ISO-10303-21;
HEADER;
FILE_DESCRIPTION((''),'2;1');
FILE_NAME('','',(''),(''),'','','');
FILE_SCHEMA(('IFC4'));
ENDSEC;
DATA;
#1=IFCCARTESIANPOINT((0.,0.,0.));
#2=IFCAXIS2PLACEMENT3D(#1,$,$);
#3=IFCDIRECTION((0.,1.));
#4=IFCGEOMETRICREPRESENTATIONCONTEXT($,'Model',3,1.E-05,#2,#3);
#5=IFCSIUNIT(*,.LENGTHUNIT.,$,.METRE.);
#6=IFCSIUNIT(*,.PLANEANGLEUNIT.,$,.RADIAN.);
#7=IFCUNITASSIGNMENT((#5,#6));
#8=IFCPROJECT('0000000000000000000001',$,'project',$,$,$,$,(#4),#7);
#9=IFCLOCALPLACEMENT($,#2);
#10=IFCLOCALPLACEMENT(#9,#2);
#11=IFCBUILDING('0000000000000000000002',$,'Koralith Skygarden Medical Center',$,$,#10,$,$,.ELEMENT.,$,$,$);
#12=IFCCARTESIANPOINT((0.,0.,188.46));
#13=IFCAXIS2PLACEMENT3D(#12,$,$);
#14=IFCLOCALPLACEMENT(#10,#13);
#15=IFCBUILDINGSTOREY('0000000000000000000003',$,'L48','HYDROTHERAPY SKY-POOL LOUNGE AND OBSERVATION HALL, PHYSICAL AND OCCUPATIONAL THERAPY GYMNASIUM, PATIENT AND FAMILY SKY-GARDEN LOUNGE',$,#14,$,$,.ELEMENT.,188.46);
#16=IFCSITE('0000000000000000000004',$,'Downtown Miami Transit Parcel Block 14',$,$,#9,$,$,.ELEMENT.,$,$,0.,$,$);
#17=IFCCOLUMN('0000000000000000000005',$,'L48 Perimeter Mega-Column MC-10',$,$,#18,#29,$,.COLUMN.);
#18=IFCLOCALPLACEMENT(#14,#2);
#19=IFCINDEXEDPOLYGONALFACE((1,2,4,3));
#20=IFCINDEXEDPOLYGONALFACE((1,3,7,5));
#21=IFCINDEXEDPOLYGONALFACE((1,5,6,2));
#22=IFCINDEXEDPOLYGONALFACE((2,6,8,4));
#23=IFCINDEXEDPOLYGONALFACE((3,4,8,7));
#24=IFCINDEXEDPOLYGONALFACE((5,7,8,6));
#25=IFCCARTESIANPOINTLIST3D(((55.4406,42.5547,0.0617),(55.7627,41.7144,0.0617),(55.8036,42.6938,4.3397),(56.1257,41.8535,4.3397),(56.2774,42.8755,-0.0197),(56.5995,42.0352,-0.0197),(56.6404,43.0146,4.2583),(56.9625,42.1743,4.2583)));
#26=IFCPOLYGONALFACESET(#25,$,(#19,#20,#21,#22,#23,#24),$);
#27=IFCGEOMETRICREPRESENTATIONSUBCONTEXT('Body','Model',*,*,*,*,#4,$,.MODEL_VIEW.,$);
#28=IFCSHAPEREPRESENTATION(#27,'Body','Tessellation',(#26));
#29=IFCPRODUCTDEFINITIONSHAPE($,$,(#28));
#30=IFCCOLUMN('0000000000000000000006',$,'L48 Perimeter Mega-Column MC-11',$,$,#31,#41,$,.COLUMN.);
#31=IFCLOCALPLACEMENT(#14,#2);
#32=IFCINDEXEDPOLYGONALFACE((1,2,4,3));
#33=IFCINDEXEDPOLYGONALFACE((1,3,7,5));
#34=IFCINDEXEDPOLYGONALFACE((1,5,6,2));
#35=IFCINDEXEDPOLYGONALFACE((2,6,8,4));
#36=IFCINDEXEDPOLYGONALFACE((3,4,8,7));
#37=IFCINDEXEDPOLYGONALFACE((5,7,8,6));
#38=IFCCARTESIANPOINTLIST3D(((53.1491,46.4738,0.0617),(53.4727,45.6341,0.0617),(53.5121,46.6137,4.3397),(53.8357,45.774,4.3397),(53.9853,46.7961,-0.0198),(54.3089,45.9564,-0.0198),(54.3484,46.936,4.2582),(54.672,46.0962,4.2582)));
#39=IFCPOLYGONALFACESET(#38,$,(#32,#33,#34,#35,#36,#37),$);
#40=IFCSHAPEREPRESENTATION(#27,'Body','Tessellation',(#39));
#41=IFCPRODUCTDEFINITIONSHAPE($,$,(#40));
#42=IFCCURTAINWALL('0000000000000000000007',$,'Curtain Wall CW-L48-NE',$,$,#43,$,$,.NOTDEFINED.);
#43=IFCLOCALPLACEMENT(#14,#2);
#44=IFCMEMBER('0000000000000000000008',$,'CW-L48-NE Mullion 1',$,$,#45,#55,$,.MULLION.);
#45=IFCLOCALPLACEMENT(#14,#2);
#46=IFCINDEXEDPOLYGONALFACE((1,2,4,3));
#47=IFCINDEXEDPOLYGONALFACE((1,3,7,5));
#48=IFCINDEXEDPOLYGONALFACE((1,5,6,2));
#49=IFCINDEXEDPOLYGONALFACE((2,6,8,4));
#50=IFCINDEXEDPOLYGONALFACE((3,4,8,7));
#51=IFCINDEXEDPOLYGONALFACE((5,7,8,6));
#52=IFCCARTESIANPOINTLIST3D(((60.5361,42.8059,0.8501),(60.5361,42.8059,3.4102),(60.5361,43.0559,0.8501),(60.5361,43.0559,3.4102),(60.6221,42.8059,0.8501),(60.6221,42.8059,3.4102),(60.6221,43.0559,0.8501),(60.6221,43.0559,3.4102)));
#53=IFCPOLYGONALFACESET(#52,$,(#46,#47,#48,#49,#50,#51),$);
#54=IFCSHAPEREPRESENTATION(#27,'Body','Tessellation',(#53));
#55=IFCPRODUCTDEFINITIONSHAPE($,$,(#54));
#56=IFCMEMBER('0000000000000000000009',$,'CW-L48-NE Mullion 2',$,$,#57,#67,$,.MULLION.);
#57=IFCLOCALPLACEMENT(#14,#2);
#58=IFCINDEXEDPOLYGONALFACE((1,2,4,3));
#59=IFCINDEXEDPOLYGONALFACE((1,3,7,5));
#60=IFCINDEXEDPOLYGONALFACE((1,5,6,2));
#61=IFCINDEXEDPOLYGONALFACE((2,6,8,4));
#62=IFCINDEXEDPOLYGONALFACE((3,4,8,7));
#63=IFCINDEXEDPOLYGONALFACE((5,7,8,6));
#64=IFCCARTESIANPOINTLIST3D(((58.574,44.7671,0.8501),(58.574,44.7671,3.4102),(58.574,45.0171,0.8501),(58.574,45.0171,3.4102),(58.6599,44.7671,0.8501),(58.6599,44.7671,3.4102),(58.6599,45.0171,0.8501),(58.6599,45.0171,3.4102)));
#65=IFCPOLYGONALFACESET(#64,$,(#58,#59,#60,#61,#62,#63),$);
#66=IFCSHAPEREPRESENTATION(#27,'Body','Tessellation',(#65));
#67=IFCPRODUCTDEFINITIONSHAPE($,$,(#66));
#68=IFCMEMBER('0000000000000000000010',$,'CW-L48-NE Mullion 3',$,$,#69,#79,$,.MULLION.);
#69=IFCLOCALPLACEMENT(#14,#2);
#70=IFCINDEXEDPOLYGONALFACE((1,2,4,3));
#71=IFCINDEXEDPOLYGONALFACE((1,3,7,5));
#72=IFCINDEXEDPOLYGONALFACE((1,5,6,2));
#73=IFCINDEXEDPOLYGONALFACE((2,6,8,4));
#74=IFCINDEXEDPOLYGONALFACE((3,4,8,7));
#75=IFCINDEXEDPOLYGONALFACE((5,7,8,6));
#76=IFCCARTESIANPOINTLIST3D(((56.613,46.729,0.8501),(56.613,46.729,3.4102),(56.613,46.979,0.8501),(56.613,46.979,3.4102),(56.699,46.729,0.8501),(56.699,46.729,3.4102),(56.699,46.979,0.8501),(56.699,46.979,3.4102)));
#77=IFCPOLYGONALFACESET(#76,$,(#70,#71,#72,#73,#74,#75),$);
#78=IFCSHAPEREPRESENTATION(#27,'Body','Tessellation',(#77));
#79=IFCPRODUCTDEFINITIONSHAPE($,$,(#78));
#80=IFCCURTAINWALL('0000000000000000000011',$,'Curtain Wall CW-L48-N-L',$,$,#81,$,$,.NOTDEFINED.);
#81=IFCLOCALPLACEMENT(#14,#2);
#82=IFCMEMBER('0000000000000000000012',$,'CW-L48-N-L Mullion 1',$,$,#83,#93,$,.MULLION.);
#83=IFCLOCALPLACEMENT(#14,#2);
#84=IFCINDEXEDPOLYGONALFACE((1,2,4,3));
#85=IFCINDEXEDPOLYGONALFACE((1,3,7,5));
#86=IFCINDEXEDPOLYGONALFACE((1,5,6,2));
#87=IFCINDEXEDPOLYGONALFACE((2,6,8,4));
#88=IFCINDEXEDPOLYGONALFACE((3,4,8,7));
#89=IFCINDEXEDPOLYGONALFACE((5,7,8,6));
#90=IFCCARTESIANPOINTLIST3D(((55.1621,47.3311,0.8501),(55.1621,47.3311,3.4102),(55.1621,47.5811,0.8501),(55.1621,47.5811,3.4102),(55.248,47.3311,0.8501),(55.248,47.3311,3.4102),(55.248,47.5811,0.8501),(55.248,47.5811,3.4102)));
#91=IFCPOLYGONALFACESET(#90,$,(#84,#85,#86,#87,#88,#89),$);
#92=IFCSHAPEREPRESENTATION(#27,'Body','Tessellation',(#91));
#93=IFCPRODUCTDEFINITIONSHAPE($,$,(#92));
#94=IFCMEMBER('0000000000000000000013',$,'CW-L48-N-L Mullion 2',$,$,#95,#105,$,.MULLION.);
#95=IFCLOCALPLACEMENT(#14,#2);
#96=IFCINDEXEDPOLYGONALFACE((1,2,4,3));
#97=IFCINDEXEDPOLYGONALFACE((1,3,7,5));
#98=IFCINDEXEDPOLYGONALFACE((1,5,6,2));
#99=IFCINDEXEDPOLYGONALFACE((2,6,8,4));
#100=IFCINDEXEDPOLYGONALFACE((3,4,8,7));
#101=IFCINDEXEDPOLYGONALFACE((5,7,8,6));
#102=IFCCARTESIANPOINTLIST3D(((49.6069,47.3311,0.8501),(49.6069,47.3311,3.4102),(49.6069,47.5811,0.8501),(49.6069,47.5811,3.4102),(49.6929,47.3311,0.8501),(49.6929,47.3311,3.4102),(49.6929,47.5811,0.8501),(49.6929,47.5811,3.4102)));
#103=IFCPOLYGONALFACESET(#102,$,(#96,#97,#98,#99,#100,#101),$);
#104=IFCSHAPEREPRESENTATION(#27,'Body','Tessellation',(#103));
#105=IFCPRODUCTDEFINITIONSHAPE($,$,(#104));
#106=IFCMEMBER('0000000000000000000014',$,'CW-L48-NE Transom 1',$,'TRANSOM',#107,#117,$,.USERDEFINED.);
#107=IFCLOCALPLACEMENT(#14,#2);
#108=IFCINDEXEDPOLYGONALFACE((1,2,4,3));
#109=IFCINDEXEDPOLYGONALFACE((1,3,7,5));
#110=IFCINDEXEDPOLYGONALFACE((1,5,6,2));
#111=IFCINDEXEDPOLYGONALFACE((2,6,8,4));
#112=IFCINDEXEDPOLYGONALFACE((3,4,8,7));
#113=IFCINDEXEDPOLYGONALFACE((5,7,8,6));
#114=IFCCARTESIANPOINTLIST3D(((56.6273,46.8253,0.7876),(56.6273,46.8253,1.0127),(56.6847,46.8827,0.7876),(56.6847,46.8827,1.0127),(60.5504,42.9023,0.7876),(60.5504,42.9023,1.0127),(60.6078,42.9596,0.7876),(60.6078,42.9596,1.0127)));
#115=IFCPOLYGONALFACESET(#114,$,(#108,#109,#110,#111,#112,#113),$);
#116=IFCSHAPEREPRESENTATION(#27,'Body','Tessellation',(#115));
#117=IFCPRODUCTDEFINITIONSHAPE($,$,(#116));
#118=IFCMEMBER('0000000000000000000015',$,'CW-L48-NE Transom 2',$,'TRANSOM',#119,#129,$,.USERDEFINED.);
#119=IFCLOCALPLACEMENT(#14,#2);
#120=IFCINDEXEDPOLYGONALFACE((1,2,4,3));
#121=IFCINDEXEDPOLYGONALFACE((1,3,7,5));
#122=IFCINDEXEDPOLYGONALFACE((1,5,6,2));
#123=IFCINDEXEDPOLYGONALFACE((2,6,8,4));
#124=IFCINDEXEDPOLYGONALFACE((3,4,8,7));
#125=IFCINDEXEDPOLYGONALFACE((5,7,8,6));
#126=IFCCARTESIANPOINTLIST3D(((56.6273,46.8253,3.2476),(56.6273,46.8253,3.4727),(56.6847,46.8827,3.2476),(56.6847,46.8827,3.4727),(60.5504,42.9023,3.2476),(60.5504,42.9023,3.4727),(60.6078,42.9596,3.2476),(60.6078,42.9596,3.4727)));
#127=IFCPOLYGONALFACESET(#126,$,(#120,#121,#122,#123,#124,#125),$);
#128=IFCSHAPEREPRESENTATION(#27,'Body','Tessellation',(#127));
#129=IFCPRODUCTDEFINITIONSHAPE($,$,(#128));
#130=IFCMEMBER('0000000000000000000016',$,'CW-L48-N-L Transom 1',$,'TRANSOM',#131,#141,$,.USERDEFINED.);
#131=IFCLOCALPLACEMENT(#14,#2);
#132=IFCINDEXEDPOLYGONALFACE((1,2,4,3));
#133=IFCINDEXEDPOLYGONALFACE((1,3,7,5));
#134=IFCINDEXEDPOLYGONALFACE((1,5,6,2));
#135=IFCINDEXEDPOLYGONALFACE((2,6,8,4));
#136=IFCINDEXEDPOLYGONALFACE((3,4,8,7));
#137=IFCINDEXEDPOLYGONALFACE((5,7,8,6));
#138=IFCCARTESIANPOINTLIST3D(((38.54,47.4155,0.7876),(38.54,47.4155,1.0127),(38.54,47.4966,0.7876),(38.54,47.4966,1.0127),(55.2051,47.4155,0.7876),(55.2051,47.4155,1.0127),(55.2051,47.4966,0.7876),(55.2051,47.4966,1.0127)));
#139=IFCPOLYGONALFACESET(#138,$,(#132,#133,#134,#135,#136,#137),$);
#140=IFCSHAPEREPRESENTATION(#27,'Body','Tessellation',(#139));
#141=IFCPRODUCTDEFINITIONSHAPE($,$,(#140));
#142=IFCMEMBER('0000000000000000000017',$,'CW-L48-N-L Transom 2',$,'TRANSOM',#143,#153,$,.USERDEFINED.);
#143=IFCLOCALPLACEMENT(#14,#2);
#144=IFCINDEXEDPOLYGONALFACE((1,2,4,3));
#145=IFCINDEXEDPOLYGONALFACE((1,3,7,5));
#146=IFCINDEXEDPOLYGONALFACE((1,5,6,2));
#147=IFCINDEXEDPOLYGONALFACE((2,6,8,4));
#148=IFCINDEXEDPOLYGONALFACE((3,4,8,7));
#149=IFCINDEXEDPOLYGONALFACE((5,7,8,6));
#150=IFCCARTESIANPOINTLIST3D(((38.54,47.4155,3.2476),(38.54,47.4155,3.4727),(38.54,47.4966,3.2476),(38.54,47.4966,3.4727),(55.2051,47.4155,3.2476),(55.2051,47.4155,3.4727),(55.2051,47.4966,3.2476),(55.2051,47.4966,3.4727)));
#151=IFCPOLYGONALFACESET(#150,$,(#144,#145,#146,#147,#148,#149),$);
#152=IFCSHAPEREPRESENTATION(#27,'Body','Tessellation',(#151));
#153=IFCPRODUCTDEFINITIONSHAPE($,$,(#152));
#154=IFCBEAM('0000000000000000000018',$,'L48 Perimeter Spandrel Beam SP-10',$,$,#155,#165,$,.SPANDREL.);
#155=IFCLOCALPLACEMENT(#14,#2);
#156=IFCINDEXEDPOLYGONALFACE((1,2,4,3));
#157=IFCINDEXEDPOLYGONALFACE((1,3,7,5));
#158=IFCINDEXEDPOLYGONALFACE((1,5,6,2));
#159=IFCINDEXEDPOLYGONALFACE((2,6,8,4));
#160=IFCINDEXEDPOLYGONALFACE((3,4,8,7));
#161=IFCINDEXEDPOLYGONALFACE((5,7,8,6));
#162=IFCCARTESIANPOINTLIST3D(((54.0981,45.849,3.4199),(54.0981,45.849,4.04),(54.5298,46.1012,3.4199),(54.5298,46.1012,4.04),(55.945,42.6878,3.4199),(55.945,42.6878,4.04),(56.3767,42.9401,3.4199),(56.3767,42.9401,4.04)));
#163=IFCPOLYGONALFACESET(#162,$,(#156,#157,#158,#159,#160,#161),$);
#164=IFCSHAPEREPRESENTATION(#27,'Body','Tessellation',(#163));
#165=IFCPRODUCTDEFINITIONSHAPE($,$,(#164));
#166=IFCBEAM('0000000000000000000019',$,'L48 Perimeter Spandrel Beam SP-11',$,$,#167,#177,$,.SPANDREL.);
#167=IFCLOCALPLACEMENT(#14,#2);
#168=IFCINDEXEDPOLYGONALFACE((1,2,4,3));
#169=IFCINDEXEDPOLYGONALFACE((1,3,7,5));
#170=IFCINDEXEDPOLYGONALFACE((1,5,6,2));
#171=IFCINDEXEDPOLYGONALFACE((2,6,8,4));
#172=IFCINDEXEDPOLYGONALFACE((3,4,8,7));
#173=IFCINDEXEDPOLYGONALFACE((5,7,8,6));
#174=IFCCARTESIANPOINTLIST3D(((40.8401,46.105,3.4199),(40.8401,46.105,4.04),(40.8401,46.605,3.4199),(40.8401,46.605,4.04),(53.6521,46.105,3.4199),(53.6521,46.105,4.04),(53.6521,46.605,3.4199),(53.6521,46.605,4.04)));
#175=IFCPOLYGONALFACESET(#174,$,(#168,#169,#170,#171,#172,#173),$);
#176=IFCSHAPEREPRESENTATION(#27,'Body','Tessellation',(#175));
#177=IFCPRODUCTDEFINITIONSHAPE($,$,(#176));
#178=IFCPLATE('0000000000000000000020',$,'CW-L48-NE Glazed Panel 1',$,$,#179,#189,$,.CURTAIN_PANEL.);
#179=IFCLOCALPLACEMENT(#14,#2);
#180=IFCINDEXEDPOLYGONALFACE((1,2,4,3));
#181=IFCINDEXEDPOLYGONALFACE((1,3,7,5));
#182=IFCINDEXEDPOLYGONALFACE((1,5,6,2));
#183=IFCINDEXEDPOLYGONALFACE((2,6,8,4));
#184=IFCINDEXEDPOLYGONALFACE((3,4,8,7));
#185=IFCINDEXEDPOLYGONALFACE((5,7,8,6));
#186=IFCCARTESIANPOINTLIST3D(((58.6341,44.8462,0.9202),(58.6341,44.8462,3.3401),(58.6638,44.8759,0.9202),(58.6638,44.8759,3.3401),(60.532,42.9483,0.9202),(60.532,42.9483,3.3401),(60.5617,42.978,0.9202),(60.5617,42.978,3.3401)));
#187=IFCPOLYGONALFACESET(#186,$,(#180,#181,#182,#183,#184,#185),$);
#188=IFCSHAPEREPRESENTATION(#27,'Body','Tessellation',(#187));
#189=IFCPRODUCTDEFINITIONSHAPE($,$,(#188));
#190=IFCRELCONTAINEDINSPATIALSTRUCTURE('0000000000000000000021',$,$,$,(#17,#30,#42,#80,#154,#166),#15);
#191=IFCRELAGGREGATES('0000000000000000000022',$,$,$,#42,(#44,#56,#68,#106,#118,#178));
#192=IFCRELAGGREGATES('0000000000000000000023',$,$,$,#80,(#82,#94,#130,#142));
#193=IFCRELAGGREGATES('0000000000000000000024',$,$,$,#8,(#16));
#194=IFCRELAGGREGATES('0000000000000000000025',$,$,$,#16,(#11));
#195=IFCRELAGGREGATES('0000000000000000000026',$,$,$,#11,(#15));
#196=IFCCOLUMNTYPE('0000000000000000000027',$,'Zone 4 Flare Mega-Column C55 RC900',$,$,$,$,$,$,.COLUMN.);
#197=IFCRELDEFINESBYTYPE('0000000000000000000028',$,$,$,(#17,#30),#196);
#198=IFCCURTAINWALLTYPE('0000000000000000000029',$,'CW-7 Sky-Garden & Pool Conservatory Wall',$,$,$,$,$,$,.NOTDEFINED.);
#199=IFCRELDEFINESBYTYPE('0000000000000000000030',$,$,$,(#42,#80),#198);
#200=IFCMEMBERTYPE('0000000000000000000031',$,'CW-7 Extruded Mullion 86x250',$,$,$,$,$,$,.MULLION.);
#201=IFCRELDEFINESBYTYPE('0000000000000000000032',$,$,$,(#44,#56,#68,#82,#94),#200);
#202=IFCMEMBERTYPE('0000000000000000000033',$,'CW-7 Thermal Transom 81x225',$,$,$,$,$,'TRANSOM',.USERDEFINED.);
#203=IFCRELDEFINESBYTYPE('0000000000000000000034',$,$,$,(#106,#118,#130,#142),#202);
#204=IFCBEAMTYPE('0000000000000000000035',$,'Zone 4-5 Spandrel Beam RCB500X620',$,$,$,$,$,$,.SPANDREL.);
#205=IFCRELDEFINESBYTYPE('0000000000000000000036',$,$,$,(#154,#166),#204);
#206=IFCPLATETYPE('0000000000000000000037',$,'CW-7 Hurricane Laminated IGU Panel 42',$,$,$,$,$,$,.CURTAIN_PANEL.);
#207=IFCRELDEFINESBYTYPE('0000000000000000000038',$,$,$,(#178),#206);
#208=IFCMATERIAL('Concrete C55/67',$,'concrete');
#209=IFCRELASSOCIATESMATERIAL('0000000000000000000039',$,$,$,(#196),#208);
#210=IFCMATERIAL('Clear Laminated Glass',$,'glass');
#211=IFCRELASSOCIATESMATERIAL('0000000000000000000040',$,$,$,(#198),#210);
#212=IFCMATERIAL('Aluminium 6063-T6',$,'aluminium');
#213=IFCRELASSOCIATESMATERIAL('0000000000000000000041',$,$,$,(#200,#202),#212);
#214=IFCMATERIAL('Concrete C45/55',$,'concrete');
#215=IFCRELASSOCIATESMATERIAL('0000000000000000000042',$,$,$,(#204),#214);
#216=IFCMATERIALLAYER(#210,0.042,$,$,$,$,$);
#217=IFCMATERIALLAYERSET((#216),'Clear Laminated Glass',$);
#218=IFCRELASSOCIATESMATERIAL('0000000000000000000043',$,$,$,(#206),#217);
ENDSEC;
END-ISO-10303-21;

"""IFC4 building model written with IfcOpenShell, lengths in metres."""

from ifc_helpers import new_model, si_unit, direction, frame, origin, origin_2d, place, context, subcontext, project, spatial, rectangle, extrude, material, layer, layer_set, material_profile, profile_set, type_object, element, aggregate, save


model = new_model("IFC4")

# Units and contexts
model_context = context("Model", 3, precision=1e-05, world=origin(), true_north=direction((0.0, 1.0)))
body_context = subcontext(model_context, "Body", "Model", "MODEL_VIEW")
ifc_project = project(units=[si_unit("LENGTHUNIT", "METRE"), si_unit("PLANEANGLEUNIT", "RADIAN")], contexts=[model_context])

# Site, building, storey
site_placement = place(None, origin())
site = spatial("IfcSite", under=ifc_project, at=site_placement, Name="Downtown Miami Transit Parcel Block 14", CompositionType="ELEMENT", RefElevation=0.0)
building_placement = place(site_placement, origin())
building = spatial("IfcBuilding", under=site, at=building_placement, Name="Koralith Skygarden Medical Center", CompositionType="ELEMENT")
storey_placement = place(building_placement, frame((0.0, 0.0, 188.46)))
storey = spatial("IfcBuildingStorey", under=building, at=storey_placement, Name="L48", Description="HYDROTHERAPY SKY-POOL LOUNGE AND OBSERVATION HALL, PHYSICAL AND OCCUPATIONAL THERAPY GYMNASIUM, PATIENT AND FAMILY SKY-GARDEN LOUNGE", CompositionType="ELEMENT", Elevation=188.46)

# Columns
ifc_material_1 = material(Name="Concrete C55/67", Category="concrete")
ifc_material_profile_1 = material_profile(ifc_material_1, rectangle(XDim=0.8999, YDim=0.8999, at=origin_2d()), Name="RC900X900")
ifc_profile_set_1 = profile_set([ifc_material_profile_1], Name="Concrete C55/67")
column_type = type_object("IfcColumnType", Name="Zone 4 Flare Mega-Column C55 RC900", PredefinedType="COLUMN", material=ifc_profile_set_1)
for number, where, z_axis, x_axis, name in (
    (1, (56.02, 42.2949, 0.021), (0.084512, 0.032395, 0.995896), (-0.357927, 0.93375, 0.0), "L48 Perimeter Mega-Column MC-10"),
    (2, (53.729, 46.2151, 0.021), (0.084511, 0.032565, 0.99589), (-0.359568, 0.933119, 0.0), "L48 Perimeter Mega-Column MC-11"),
):
    element("IfcColumn", number, at=place(storey_placement, frame(where, z_axis=z_axis, x_axis=x_axis)), inside=storey, type_object=column_type, Name=name, PredefinedType="COLUMN", context=body_context, shape_type="SweptSolid", body=[
        extrude(rectangle(XDim=0.8999, YDim=0.8999, at=origin_2d()), origin(), (0.0, 0.0, 1.0), 4.2957),
    ])

# Curtain walls, members
ifc_material_2 = material(Name="Clear Laminated Glass", Category="glass")
curtain_wall_type = type_object("IfcCurtainWallType", Name="CW-7 Sky-Garden & Pool Conservatory Wall", PredefinedType="NOTDEFINED", material=ifc_material_2)
curtain_wall_1_placement = place(storey_placement, origin())
curtain_wall_1 = element("IfcCurtainWall", 3, at=curtain_wall_1_placement, inside=storey, type_object=curtain_wall_type, Name="Curtain Wall CW-L48-NE", PredefinedType="NOTDEFINED")
ifc_material_3 = material(Name="Aluminium 6063-T6", Category="aluminium")
ifc_material_profile_2 = material_profile(ifc_material_3, rectangle(XDim=0.0859, YDim=0.25, at=origin_2d()), Name="MUL86X250")
ifc_profile_set_2 = profile_set([ifc_material_profile_2], Name="Aluminium 6063-T6")
member_type_1 = type_object("IfcMemberType", Name="CW-7 Extruded Mullion 86x250", PredefinedType="MULLION", material=ifc_profile_set_2)
member_1_placement = place(storey_placement, frame((60.5791, 42.9309, 0.8501), z_axis=(0.0, 0.0, 1.0), x_axis=(1.0, 0.0, 0.0)))
member_1 = element("IfcMember", 4, at=member_1_placement, type_object=member_type_1, Name="CW-L48-NE Mullion 1", PredefinedType="MULLION", context=body_context, shape_type="SweptSolid", body=[
    extrude(rectangle(XDim=0.0859, YDim=0.25, at=origin_2d()), origin(), (0.0, 0.0, 1.0), 2.5601),
])
member_2_placement = place(storey_placement, frame((58.6169, 44.8921, 0.8501), z_axis=(0.0, 0.0, 1.0), x_axis=(1.0, 0.0, 0.0)))
member_2 = element("IfcMember", 5, at=member_2_placement, type_object=member_type_1, Name="CW-L48-NE Mullion 2", PredefinedType="MULLION", context=body_context, shape_type="SweptSolid", body=[
    extrude(rectangle(XDim=0.0859, YDim=0.25, at=origin_2d()), origin(), (0.0, 0.0, 1.0), 2.5601),
])
member_3_placement = place(storey_placement, frame((56.656, 46.854, 0.8501), z_axis=(0.0, 0.0, 1.0), x_axis=(1.0, 0.0, 0.0)))
member_3 = element("IfcMember", 6, at=member_3_placement, type_object=member_type_1, Name="CW-L48-NE Mullion 3", PredefinedType="MULLION", context=body_context, shape_type="SweptSolid", body=[
    extrude(rectangle(XDim=0.0859, YDim=0.25, at=origin_2d()), origin(), (0.0, 0.0, 1.0), 2.5601),
])
curtain_wall_2_placement = place(storey_placement, origin())
curtain_wall_2 = element("IfcCurtainWall", 7, at=curtain_wall_2_placement, inside=storey, type_object=curtain_wall_type, Name="Curtain Wall CW-L48-N-L", PredefinedType="NOTDEFINED")
member_4_placement = place(storey_placement, frame((55.2051, 47.4561, 0.8501), z_axis=(0.0, 0.0, 1.0), x_axis=(1.0, 0.0, 0.0)))
member_4 = element("IfcMember", 8, at=member_4_placement, type_object=member_type_1, Name="CW-L48-N-L Mullion 1", PredefinedType="MULLION", context=body_context, shape_type="SweptSolid", body=[
    extrude(rectangle(XDim=0.0859, YDim=0.25, at=origin_2d()), origin(), (0.0, 0.0, 1.0), 2.5601),
])
member_5_placement = place(storey_placement, frame((49.6499, 47.4561, 0.8501), z_axis=(0.0, 0.0, 1.0), x_axis=(1.0, 0.0, 0.0)))
member_5 = element("IfcMember", 9, at=member_5_placement, type_object=member_type_1, Name="CW-L48-N-L Mullion 2", PredefinedType="MULLION", context=body_context, shape_type="SweptSolid", body=[
    extrude(rectangle(XDim=0.0859, YDim=0.25, at=origin_2d()), origin(), (0.0, 0.0, 1.0), 2.5601),
])

# Members
ifc_material_profile_3 = material_profile(ifc_material_3, rectangle(XDim=0.0811, YDim=0.2251, at=origin_2d()), Name="TRN81X225")
ifc_profile_set_3 = profile_set([ifc_material_profile_3], Name="Aluminium 6063-T6")
member_type_2 = type_object("IfcMemberType", Name="CW-7 Thermal Transom 81x225", ElementType="TRANSOM", PredefinedType="USERDEFINED", material=ifc_profile_set_3)
member_6_placement = place(storey_placement, frame((60.5791, 42.9309, 0.9001), z_axis=(-0.707107, 0.707107, 0.0), x_axis=(-0.707107, -0.707107, 0.0)))
member_6 = element("IfcMember", 10, at=member_6_placement, type_object=member_type_2, Name="CW-L48-NE Transom 1", ObjectType="TRANSOM", PredefinedType="USERDEFINED", context=body_context, shape_type="SweptSolid", body=[
    extrude(rectangle(XDim=0.0811, YDim=0.2251, at=origin_2d()), origin(), (0.0, 0.0, 1.0), 5.5481),
])
member_7_placement = place(storey_placement, frame((60.5791, 42.9309, 3.3601), z_axis=(-0.707107, 0.707107, 0.0), x_axis=(-0.707107, -0.707107, 0.0)))
member_7 = element("IfcMember", 11, at=member_7_placement, type_object=member_type_2, Name="CW-L48-NE Transom 2", ObjectType="TRANSOM", PredefinedType="USERDEFINED", context=body_context, shape_type="SweptSolid", body=[
    extrude(rectangle(XDim=0.0811, YDim=0.2251, at=origin_2d()), origin(), (0.0, 0.0, 1.0), 5.5481),
])
member_8_placement = place(storey_placement, frame((55.2051, 47.4561, 0.9001), z_axis=(-1.0, 0.0, 0.0), x_axis=(0.0, -1.0, 0.0)))
member_8 = element("IfcMember", 12, at=member_8_placement, type_object=member_type_2, Name="CW-L48-N-L Transom 1", ObjectType="TRANSOM", PredefinedType="USERDEFINED", context=body_context, shape_type="SweptSolid", body=[
    extrude(rectangle(XDim=0.0811, YDim=0.2251, at=origin_2d()), origin(), (0.0, 0.0, 1.0), 16.665),
])
member_9_placement = place(storey_placement, frame((55.2051, 47.4561, 3.3601), z_axis=(-1.0, 0.0, 0.0), x_axis=(0.0, -1.0, 0.0)))
member_9 = element("IfcMember", 13, at=member_9_placement, type_object=member_type_2, Name="CW-L48-N-L Transom 2", ObjectType="TRANSOM", PredefinedType="USERDEFINED", context=body_context, shape_type="SweptSolid", body=[
    extrude(rectangle(XDim=0.0811, YDim=0.2251, at=origin_2d()), origin(), (0.0, 0.0, 1.0), 16.665),
])

# Beams
ifc_material_4 = material(Name="Concrete C45/55", Category="concrete")
ifc_material_profile_4 = material_profile(ifc_material_4, rectangle(XDim=0.5, YDim=0.6201, at=origin_2d()), Name="RCB500X620")
ifc_profile_set_4 = profile_set([ifc_material_profile_4], Name="Concrete C45/55")
beam_type = type_object("IfcBeamType", Name="Zone 4-5 Spandrel Beam RCB500X620", PredefinedType="SPANDREL", material=ifc_profile_set_4)
beam_1_placement = place(storey_placement, frame((56.1609, 42.814, 3.73), z_axis=(-0.504468, 0.86343, 0.0), x_axis=(-0.86343, -0.504468, 0.0)))
element("IfcBeam", 14, at=beam_1_placement, inside=storey, type_object=beam_type, Name="L48 Perimeter Spandrel Beam SP-10", PredefinedType="SPANDREL", context=body_context, shape_type="SweptSolid", body=[
    extrude(rectangle(XDim=0.5, YDim=0.6201, at=origin_2d()), origin(), (0.0, 0.0, 1.0), 3.6611),
])
beam_2_placement = place(storey_placement, frame((53.6521, 46.355, 3.73), z_axis=(-1.0, 0.0, 0.0), x_axis=(0.0, -1.0, 0.0)))
element("IfcBeam", 15, at=beam_2_placement, inside=storey, type_object=beam_type, Name="L48 Perimeter Spandrel Beam SP-11", PredefinedType="SPANDREL", context=body_context, shape_type="SweptSolid", body=[
    extrude(rectangle(XDim=0.5, YDim=0.6201, at=origin_2d()), origin(), (0.0, 0.0, 1.0), 12.812),
])

# Plate
ifc_layer_1 = layer(ifc_material_2, 0.042)
ifc_layer_set_1 = layer_set([ifc_layer_1], Name="Clear Laminated Glass")
plate_type_1 = type_object("IfcPlateType", Name="CW-7 Hurricane Laminated IGU Panel 42", PredefinedType="CURTAIN_PANEL", material=ifc_layer_set_1)
plate_1_placement = place(storey_placement, frame((59.5979, 43.9121, 0.9202), z_axis=(0.0, 0.0, 1.0), x_axis=(-0.707107, 0.707107, 0.0)))
plate_1 = element("IfcPlate", 16, at=plate_1_placement, type_object=plate_type_1, Name="CW-L48-NE Glazed Panel 1", PredefinedType="CURTAIN_PANEL", context=body_context, shape_type="SweptSolid", body=[
    extrude(rectangle(XDim=2.6841, YDim=0.042, at=origin_2d()), origin(), (0.0, 0.0, 1.0), 2.4199),
])
aggregate(curtain_wall_1, [member_1, member_2, member_3, member_6, member_7, plate_1])
aggregate(curtain_wall_2, [member_4, member_5, member_8, member_9])

save(model, "model.ifc")
